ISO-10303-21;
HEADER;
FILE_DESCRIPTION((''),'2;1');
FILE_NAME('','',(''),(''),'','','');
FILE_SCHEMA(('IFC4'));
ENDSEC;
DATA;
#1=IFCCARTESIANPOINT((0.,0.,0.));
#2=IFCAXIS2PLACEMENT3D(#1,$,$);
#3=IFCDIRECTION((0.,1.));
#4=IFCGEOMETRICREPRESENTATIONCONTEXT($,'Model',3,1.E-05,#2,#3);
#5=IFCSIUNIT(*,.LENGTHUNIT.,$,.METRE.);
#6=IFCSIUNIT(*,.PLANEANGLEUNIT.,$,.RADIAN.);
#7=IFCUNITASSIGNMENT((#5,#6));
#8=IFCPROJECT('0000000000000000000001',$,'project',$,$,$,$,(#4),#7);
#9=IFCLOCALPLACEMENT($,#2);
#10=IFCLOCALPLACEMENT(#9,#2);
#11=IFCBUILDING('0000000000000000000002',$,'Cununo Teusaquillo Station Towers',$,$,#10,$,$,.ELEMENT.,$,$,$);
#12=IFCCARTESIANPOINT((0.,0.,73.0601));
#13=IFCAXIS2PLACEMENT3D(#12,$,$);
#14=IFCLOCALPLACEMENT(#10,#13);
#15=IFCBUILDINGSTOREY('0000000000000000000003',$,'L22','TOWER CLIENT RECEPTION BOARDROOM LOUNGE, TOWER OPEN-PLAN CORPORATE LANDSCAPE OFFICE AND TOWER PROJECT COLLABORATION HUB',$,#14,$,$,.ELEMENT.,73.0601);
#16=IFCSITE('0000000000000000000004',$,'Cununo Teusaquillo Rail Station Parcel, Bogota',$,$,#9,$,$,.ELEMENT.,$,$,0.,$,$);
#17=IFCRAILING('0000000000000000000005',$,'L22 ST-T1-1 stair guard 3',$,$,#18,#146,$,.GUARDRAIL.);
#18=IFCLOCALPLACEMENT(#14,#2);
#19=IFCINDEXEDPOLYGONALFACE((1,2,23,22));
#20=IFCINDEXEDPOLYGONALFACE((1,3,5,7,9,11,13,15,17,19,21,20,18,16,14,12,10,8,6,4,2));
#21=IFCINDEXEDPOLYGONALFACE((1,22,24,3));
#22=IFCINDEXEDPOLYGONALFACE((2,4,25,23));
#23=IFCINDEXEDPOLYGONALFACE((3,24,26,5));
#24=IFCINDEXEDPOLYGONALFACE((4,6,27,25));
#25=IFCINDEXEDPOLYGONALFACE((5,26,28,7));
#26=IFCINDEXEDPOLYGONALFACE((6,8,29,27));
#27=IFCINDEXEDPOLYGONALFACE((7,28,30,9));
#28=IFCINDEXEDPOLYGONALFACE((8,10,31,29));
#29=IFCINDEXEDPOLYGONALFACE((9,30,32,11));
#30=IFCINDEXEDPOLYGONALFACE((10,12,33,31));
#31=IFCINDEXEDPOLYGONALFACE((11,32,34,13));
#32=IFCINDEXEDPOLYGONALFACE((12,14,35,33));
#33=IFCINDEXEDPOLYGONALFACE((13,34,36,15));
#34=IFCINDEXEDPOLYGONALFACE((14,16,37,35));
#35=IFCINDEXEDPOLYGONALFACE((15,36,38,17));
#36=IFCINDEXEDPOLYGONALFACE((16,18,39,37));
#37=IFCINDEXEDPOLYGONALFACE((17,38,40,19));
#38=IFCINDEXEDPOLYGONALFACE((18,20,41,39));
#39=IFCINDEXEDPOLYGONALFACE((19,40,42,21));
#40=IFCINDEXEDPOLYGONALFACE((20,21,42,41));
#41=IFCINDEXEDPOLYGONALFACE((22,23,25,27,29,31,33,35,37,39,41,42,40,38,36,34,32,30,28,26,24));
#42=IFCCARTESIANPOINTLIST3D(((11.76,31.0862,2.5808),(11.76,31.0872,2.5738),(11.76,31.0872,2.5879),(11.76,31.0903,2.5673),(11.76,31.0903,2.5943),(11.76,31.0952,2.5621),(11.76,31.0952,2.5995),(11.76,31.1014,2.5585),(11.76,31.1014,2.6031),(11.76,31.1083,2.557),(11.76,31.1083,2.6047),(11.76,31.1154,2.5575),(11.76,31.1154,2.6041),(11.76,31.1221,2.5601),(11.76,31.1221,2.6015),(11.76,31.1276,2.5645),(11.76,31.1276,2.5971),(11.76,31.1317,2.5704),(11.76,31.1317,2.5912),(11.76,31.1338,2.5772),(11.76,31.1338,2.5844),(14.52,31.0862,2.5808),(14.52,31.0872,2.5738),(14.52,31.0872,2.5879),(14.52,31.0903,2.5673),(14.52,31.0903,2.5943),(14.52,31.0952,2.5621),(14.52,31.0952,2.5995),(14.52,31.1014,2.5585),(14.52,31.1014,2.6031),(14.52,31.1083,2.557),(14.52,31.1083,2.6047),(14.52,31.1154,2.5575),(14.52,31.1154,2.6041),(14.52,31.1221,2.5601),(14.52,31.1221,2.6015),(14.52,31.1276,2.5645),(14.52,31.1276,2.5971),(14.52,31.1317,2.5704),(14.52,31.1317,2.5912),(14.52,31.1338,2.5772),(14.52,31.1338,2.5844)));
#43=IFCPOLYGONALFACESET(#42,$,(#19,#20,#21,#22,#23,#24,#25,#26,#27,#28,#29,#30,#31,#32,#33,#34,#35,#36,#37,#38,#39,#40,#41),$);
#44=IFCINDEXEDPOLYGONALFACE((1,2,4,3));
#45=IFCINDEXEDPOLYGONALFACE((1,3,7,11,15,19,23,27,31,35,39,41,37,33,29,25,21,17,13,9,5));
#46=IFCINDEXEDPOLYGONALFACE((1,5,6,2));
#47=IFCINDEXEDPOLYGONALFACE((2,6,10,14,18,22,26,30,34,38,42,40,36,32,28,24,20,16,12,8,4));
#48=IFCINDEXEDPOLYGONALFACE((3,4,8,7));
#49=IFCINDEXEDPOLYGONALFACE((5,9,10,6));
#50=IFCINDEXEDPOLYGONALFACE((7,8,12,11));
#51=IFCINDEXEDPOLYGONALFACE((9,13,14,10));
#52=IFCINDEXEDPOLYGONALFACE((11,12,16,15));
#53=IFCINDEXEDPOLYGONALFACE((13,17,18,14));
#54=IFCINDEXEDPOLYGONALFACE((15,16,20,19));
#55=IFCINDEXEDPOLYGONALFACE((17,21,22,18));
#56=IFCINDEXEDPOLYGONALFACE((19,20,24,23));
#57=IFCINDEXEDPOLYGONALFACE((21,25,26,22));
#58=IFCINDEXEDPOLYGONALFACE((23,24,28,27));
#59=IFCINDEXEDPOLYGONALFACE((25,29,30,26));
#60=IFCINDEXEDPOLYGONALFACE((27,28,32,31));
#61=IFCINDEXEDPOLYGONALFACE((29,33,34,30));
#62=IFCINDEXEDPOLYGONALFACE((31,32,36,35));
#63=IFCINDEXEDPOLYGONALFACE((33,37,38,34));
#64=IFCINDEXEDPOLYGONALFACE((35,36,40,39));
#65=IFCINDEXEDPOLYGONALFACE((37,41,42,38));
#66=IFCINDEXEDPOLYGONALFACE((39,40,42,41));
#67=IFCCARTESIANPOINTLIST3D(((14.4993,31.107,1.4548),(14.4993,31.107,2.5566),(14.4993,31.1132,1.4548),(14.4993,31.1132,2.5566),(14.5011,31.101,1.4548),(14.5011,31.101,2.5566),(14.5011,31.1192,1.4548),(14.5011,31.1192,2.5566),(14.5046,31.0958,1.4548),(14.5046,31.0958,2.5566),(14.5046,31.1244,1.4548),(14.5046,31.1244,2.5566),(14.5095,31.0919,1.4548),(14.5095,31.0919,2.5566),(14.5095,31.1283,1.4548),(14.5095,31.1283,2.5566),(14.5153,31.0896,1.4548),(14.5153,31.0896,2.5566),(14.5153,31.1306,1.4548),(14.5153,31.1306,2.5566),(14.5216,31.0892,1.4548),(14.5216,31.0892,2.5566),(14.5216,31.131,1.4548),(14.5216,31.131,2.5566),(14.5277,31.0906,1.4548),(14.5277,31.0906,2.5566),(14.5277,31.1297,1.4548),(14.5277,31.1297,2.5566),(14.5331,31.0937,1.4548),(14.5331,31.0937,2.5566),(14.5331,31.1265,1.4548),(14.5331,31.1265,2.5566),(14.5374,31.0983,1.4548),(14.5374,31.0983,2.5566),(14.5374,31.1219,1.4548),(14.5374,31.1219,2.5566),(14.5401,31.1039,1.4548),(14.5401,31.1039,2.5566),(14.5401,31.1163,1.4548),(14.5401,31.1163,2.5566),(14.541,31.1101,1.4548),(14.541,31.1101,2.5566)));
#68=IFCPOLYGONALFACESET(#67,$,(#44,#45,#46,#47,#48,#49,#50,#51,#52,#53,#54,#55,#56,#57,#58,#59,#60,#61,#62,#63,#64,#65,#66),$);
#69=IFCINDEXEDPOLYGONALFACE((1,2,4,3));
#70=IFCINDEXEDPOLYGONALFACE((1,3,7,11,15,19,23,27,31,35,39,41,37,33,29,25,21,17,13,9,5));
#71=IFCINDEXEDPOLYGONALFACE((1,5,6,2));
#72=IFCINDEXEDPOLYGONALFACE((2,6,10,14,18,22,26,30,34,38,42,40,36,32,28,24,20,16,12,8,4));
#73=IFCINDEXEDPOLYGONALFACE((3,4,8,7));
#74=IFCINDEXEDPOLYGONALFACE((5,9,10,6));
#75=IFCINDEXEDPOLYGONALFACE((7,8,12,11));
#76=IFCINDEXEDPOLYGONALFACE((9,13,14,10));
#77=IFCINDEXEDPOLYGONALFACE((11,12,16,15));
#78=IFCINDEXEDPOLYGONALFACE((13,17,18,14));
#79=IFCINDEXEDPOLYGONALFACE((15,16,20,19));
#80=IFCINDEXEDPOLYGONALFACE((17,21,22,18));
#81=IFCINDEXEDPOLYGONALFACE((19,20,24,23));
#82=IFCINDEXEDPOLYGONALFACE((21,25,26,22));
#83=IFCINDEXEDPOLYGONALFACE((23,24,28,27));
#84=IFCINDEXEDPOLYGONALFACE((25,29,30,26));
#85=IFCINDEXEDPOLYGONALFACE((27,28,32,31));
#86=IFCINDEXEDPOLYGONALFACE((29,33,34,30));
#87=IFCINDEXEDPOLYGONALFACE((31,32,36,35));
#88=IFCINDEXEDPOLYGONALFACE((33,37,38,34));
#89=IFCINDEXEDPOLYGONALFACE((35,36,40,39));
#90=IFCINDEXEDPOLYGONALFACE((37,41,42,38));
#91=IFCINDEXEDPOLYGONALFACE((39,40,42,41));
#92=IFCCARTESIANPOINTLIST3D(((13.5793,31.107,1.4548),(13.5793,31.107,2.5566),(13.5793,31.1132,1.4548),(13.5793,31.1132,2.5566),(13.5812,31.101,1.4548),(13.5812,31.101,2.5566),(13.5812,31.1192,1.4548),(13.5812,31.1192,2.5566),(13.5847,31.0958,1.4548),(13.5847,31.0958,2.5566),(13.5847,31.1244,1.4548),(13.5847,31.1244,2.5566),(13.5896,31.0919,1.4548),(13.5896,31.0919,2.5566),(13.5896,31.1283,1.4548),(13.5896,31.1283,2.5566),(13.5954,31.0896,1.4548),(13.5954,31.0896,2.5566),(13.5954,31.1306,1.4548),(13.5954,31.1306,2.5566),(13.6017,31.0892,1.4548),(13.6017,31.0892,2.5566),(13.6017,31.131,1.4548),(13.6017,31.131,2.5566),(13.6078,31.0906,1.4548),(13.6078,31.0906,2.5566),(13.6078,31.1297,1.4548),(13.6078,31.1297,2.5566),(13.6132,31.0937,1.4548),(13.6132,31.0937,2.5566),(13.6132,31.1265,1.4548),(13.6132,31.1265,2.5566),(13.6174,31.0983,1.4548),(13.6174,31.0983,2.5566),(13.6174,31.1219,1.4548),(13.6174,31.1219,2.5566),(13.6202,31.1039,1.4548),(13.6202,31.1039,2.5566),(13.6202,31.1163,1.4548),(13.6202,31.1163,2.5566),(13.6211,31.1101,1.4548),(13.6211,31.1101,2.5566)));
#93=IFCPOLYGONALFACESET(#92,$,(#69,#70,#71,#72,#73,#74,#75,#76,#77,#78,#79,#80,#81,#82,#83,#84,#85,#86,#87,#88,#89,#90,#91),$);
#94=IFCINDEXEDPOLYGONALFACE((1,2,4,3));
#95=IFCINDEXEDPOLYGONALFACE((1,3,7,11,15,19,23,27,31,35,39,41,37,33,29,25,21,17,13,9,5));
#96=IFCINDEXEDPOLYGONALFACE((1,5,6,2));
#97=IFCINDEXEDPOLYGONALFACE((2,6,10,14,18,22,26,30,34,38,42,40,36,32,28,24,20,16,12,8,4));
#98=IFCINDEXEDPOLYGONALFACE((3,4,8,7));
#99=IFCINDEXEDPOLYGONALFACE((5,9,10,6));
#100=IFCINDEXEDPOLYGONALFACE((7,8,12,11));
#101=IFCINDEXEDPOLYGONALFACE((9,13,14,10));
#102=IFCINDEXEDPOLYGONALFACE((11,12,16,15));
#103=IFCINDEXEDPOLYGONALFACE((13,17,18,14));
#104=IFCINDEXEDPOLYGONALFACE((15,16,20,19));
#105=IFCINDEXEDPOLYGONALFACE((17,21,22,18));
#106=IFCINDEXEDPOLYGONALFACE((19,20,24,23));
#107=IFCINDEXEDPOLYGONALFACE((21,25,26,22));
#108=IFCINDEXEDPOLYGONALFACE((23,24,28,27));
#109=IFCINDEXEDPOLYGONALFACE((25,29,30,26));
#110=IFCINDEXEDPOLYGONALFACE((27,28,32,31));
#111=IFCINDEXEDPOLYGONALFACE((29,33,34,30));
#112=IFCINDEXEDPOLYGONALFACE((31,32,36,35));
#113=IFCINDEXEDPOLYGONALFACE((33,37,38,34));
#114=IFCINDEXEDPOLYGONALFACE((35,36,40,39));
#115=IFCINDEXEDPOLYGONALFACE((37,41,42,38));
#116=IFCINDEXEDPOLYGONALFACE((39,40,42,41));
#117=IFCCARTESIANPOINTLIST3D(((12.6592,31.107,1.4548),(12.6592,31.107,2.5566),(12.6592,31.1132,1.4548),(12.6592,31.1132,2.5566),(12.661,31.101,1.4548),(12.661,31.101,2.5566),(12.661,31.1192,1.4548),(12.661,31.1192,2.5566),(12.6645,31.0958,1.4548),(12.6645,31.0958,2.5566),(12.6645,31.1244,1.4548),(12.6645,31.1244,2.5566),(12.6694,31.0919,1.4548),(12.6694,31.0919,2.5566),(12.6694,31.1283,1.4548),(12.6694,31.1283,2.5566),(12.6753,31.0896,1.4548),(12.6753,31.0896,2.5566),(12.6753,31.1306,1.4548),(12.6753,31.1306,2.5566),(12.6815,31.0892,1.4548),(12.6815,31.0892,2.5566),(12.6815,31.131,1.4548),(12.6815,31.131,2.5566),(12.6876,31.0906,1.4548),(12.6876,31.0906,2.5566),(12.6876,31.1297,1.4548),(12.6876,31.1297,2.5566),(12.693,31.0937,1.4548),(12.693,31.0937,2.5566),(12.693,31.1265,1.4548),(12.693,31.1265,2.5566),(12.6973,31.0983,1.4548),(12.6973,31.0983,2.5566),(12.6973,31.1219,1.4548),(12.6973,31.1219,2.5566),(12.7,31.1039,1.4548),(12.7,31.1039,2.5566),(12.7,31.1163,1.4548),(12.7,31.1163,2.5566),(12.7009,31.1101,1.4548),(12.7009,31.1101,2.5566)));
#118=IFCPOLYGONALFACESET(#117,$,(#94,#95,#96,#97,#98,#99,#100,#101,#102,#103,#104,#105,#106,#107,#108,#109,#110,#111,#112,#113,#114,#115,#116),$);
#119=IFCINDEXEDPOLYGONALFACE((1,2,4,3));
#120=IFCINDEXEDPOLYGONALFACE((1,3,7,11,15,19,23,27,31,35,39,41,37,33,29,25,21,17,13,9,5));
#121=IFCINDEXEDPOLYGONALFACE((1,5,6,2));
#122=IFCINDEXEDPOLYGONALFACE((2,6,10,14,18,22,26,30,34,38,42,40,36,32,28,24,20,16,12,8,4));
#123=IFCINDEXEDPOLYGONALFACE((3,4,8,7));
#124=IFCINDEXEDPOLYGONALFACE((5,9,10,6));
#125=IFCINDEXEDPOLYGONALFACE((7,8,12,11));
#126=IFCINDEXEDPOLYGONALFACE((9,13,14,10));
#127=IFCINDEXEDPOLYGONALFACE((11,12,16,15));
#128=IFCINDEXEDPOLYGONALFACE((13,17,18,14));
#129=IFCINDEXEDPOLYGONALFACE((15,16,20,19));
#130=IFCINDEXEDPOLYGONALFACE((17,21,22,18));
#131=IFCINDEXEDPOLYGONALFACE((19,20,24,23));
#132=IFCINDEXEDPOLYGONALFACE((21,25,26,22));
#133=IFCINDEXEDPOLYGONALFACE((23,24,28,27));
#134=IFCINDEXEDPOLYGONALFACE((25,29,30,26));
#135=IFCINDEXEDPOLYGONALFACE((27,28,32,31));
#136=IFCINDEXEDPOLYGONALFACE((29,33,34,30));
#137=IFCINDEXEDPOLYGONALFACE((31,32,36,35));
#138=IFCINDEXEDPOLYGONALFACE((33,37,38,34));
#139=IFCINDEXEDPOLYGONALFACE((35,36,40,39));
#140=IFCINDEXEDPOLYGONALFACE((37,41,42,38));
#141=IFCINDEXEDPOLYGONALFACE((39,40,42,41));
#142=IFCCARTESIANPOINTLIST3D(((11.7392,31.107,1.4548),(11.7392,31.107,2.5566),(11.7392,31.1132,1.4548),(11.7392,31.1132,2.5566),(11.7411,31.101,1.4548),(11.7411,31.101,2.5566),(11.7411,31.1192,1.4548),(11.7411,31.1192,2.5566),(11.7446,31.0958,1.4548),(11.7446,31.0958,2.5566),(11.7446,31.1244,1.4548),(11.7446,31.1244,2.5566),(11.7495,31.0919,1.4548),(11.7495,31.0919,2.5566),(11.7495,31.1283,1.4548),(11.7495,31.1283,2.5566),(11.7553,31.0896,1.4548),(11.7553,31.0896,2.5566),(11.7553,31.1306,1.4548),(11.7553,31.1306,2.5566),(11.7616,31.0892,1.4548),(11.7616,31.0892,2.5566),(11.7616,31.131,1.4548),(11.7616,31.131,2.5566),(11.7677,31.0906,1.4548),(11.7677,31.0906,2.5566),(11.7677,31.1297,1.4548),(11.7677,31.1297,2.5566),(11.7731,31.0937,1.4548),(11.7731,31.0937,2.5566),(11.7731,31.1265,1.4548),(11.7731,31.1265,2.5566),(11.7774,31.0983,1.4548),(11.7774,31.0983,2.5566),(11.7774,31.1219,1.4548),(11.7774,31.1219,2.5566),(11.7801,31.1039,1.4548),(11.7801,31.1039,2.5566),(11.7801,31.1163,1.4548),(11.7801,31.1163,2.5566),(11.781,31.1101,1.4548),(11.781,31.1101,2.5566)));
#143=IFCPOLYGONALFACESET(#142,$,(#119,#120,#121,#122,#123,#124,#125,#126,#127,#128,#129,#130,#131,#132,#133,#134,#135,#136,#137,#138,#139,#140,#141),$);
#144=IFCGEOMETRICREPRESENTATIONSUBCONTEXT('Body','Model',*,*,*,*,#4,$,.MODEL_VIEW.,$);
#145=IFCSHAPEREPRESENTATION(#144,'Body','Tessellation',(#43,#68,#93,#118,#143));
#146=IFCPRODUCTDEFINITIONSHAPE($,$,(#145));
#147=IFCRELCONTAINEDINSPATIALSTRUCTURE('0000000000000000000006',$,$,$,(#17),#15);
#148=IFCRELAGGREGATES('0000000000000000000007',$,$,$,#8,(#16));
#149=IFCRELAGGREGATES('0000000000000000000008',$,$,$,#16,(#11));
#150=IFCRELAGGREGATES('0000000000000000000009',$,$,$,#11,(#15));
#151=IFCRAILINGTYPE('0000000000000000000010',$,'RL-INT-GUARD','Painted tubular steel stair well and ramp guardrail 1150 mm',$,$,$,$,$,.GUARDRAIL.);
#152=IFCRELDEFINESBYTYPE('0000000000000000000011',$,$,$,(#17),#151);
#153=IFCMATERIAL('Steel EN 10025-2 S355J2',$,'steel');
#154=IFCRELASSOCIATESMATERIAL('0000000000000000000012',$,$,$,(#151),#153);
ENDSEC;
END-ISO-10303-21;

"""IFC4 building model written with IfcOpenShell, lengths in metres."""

from ifc_helpers import new_model, si_unit, direction, frame, origin, origin_2d, place, context, subcontext, project, spatial, circle, extrude, material, type_object, element, save


model = new_model("IFC4")

# Units and contexts
model_context = context("Model", 3, precision=1e-05, world=origin(), true_north=direction((0.0, 1.0)))
body_context = subcontext(model_context, "Body", "Model", "MODEL_VIEW")
ifc_project = project(units=[si_unit("LENGTHUNIT", "METRE"), si_unit("PLANEANGLEUNIT", "RADIAN")], contexts=[model_context])

# Site, building, storey
site_placement = place(None, origin())
site = spatial("IfcSite", under=ifc_project, at=site_placement, Name="Cununo Teusaquillo Rail Station Parcel, Bogota", CompositionType="ELEMENT", RefElevation=0.0)
building_placement = place(site_placement, origin())
building = spatial("IfcBuilding", under=site, at=building_placement, Name="Cununo Teusaquillo Station Towers", CompositionType="ELEMENT")
storey_placement = place(building_placement, frame((0.0, 0.0, 73.0601)))
storey = spatial("IfcBuildingStorey", under=building, at=storey_placement, Name="L22", Description="TOWER CLIENT RECEPTION BOARDROOM LOUNGE, TOWER OPEN-PLAN CORPORATE LANDSCAPE OFFICE AND TOWER PROJECT COLLABORATION HUB", CompositionType="ELEMENT", Elevation=73.0601)

# Railing
ifc_material_1 = material(Name="Steel EN 10025-2 S355J2", Category="steel")
railing_type_1 = type_object("IfcRailingType", Name="RL-INT-GUARD", Description="Painted tubular steel stair well and ramp guardrail 1150 mm", PredefinedType="GUARDRAIL", material=ifc_material_1)
railing_1_placement = place(storey_placement, frame((14.52, 31.1101, 1.4548)))
element("IfcRailing", 1, at=railing_1_placement, inside=storey, type_object=railing_type_1, Name="L22 ST-T1-1 stair guard 3", PredefinedType="GUARDRAIL", context=body_context, shape_type="SweptSolid", body=[
    extrude(circle(Radius=0.0239, at=origin_2d()), frame((0.0, 0.0, 1.126), z_axis=(-1.0, 0.0, 0.0), x_axis=(0.0, -1.0, 0.0)), (0.0, 0.0, 1.0), 2.76),
    extrude(circle(Radius=0.021, at=origin_2d()), origin(), (0.0, 0.0, 1.0), 1.1018),
    extrude(circle(Radius=0.021, at=origin_2d()), frame((-0.9199, 0.0, 0.0)), (0.0, 0.0, 1.0), 1.1018),
    extrude(circle(Radius=0.021, at=origin_2d()), frame((-1.8401, 0.0, 0.0)), (0.0, 0.0, 1.0), 1.1018),
    extrude(circle(Radius=0.021, at=origin_2d()), frame((-2.76, 0.0, 0.0)), (0.0, 0.0, 1.0), 1.1018),
])

save(model, "model.ifc")
